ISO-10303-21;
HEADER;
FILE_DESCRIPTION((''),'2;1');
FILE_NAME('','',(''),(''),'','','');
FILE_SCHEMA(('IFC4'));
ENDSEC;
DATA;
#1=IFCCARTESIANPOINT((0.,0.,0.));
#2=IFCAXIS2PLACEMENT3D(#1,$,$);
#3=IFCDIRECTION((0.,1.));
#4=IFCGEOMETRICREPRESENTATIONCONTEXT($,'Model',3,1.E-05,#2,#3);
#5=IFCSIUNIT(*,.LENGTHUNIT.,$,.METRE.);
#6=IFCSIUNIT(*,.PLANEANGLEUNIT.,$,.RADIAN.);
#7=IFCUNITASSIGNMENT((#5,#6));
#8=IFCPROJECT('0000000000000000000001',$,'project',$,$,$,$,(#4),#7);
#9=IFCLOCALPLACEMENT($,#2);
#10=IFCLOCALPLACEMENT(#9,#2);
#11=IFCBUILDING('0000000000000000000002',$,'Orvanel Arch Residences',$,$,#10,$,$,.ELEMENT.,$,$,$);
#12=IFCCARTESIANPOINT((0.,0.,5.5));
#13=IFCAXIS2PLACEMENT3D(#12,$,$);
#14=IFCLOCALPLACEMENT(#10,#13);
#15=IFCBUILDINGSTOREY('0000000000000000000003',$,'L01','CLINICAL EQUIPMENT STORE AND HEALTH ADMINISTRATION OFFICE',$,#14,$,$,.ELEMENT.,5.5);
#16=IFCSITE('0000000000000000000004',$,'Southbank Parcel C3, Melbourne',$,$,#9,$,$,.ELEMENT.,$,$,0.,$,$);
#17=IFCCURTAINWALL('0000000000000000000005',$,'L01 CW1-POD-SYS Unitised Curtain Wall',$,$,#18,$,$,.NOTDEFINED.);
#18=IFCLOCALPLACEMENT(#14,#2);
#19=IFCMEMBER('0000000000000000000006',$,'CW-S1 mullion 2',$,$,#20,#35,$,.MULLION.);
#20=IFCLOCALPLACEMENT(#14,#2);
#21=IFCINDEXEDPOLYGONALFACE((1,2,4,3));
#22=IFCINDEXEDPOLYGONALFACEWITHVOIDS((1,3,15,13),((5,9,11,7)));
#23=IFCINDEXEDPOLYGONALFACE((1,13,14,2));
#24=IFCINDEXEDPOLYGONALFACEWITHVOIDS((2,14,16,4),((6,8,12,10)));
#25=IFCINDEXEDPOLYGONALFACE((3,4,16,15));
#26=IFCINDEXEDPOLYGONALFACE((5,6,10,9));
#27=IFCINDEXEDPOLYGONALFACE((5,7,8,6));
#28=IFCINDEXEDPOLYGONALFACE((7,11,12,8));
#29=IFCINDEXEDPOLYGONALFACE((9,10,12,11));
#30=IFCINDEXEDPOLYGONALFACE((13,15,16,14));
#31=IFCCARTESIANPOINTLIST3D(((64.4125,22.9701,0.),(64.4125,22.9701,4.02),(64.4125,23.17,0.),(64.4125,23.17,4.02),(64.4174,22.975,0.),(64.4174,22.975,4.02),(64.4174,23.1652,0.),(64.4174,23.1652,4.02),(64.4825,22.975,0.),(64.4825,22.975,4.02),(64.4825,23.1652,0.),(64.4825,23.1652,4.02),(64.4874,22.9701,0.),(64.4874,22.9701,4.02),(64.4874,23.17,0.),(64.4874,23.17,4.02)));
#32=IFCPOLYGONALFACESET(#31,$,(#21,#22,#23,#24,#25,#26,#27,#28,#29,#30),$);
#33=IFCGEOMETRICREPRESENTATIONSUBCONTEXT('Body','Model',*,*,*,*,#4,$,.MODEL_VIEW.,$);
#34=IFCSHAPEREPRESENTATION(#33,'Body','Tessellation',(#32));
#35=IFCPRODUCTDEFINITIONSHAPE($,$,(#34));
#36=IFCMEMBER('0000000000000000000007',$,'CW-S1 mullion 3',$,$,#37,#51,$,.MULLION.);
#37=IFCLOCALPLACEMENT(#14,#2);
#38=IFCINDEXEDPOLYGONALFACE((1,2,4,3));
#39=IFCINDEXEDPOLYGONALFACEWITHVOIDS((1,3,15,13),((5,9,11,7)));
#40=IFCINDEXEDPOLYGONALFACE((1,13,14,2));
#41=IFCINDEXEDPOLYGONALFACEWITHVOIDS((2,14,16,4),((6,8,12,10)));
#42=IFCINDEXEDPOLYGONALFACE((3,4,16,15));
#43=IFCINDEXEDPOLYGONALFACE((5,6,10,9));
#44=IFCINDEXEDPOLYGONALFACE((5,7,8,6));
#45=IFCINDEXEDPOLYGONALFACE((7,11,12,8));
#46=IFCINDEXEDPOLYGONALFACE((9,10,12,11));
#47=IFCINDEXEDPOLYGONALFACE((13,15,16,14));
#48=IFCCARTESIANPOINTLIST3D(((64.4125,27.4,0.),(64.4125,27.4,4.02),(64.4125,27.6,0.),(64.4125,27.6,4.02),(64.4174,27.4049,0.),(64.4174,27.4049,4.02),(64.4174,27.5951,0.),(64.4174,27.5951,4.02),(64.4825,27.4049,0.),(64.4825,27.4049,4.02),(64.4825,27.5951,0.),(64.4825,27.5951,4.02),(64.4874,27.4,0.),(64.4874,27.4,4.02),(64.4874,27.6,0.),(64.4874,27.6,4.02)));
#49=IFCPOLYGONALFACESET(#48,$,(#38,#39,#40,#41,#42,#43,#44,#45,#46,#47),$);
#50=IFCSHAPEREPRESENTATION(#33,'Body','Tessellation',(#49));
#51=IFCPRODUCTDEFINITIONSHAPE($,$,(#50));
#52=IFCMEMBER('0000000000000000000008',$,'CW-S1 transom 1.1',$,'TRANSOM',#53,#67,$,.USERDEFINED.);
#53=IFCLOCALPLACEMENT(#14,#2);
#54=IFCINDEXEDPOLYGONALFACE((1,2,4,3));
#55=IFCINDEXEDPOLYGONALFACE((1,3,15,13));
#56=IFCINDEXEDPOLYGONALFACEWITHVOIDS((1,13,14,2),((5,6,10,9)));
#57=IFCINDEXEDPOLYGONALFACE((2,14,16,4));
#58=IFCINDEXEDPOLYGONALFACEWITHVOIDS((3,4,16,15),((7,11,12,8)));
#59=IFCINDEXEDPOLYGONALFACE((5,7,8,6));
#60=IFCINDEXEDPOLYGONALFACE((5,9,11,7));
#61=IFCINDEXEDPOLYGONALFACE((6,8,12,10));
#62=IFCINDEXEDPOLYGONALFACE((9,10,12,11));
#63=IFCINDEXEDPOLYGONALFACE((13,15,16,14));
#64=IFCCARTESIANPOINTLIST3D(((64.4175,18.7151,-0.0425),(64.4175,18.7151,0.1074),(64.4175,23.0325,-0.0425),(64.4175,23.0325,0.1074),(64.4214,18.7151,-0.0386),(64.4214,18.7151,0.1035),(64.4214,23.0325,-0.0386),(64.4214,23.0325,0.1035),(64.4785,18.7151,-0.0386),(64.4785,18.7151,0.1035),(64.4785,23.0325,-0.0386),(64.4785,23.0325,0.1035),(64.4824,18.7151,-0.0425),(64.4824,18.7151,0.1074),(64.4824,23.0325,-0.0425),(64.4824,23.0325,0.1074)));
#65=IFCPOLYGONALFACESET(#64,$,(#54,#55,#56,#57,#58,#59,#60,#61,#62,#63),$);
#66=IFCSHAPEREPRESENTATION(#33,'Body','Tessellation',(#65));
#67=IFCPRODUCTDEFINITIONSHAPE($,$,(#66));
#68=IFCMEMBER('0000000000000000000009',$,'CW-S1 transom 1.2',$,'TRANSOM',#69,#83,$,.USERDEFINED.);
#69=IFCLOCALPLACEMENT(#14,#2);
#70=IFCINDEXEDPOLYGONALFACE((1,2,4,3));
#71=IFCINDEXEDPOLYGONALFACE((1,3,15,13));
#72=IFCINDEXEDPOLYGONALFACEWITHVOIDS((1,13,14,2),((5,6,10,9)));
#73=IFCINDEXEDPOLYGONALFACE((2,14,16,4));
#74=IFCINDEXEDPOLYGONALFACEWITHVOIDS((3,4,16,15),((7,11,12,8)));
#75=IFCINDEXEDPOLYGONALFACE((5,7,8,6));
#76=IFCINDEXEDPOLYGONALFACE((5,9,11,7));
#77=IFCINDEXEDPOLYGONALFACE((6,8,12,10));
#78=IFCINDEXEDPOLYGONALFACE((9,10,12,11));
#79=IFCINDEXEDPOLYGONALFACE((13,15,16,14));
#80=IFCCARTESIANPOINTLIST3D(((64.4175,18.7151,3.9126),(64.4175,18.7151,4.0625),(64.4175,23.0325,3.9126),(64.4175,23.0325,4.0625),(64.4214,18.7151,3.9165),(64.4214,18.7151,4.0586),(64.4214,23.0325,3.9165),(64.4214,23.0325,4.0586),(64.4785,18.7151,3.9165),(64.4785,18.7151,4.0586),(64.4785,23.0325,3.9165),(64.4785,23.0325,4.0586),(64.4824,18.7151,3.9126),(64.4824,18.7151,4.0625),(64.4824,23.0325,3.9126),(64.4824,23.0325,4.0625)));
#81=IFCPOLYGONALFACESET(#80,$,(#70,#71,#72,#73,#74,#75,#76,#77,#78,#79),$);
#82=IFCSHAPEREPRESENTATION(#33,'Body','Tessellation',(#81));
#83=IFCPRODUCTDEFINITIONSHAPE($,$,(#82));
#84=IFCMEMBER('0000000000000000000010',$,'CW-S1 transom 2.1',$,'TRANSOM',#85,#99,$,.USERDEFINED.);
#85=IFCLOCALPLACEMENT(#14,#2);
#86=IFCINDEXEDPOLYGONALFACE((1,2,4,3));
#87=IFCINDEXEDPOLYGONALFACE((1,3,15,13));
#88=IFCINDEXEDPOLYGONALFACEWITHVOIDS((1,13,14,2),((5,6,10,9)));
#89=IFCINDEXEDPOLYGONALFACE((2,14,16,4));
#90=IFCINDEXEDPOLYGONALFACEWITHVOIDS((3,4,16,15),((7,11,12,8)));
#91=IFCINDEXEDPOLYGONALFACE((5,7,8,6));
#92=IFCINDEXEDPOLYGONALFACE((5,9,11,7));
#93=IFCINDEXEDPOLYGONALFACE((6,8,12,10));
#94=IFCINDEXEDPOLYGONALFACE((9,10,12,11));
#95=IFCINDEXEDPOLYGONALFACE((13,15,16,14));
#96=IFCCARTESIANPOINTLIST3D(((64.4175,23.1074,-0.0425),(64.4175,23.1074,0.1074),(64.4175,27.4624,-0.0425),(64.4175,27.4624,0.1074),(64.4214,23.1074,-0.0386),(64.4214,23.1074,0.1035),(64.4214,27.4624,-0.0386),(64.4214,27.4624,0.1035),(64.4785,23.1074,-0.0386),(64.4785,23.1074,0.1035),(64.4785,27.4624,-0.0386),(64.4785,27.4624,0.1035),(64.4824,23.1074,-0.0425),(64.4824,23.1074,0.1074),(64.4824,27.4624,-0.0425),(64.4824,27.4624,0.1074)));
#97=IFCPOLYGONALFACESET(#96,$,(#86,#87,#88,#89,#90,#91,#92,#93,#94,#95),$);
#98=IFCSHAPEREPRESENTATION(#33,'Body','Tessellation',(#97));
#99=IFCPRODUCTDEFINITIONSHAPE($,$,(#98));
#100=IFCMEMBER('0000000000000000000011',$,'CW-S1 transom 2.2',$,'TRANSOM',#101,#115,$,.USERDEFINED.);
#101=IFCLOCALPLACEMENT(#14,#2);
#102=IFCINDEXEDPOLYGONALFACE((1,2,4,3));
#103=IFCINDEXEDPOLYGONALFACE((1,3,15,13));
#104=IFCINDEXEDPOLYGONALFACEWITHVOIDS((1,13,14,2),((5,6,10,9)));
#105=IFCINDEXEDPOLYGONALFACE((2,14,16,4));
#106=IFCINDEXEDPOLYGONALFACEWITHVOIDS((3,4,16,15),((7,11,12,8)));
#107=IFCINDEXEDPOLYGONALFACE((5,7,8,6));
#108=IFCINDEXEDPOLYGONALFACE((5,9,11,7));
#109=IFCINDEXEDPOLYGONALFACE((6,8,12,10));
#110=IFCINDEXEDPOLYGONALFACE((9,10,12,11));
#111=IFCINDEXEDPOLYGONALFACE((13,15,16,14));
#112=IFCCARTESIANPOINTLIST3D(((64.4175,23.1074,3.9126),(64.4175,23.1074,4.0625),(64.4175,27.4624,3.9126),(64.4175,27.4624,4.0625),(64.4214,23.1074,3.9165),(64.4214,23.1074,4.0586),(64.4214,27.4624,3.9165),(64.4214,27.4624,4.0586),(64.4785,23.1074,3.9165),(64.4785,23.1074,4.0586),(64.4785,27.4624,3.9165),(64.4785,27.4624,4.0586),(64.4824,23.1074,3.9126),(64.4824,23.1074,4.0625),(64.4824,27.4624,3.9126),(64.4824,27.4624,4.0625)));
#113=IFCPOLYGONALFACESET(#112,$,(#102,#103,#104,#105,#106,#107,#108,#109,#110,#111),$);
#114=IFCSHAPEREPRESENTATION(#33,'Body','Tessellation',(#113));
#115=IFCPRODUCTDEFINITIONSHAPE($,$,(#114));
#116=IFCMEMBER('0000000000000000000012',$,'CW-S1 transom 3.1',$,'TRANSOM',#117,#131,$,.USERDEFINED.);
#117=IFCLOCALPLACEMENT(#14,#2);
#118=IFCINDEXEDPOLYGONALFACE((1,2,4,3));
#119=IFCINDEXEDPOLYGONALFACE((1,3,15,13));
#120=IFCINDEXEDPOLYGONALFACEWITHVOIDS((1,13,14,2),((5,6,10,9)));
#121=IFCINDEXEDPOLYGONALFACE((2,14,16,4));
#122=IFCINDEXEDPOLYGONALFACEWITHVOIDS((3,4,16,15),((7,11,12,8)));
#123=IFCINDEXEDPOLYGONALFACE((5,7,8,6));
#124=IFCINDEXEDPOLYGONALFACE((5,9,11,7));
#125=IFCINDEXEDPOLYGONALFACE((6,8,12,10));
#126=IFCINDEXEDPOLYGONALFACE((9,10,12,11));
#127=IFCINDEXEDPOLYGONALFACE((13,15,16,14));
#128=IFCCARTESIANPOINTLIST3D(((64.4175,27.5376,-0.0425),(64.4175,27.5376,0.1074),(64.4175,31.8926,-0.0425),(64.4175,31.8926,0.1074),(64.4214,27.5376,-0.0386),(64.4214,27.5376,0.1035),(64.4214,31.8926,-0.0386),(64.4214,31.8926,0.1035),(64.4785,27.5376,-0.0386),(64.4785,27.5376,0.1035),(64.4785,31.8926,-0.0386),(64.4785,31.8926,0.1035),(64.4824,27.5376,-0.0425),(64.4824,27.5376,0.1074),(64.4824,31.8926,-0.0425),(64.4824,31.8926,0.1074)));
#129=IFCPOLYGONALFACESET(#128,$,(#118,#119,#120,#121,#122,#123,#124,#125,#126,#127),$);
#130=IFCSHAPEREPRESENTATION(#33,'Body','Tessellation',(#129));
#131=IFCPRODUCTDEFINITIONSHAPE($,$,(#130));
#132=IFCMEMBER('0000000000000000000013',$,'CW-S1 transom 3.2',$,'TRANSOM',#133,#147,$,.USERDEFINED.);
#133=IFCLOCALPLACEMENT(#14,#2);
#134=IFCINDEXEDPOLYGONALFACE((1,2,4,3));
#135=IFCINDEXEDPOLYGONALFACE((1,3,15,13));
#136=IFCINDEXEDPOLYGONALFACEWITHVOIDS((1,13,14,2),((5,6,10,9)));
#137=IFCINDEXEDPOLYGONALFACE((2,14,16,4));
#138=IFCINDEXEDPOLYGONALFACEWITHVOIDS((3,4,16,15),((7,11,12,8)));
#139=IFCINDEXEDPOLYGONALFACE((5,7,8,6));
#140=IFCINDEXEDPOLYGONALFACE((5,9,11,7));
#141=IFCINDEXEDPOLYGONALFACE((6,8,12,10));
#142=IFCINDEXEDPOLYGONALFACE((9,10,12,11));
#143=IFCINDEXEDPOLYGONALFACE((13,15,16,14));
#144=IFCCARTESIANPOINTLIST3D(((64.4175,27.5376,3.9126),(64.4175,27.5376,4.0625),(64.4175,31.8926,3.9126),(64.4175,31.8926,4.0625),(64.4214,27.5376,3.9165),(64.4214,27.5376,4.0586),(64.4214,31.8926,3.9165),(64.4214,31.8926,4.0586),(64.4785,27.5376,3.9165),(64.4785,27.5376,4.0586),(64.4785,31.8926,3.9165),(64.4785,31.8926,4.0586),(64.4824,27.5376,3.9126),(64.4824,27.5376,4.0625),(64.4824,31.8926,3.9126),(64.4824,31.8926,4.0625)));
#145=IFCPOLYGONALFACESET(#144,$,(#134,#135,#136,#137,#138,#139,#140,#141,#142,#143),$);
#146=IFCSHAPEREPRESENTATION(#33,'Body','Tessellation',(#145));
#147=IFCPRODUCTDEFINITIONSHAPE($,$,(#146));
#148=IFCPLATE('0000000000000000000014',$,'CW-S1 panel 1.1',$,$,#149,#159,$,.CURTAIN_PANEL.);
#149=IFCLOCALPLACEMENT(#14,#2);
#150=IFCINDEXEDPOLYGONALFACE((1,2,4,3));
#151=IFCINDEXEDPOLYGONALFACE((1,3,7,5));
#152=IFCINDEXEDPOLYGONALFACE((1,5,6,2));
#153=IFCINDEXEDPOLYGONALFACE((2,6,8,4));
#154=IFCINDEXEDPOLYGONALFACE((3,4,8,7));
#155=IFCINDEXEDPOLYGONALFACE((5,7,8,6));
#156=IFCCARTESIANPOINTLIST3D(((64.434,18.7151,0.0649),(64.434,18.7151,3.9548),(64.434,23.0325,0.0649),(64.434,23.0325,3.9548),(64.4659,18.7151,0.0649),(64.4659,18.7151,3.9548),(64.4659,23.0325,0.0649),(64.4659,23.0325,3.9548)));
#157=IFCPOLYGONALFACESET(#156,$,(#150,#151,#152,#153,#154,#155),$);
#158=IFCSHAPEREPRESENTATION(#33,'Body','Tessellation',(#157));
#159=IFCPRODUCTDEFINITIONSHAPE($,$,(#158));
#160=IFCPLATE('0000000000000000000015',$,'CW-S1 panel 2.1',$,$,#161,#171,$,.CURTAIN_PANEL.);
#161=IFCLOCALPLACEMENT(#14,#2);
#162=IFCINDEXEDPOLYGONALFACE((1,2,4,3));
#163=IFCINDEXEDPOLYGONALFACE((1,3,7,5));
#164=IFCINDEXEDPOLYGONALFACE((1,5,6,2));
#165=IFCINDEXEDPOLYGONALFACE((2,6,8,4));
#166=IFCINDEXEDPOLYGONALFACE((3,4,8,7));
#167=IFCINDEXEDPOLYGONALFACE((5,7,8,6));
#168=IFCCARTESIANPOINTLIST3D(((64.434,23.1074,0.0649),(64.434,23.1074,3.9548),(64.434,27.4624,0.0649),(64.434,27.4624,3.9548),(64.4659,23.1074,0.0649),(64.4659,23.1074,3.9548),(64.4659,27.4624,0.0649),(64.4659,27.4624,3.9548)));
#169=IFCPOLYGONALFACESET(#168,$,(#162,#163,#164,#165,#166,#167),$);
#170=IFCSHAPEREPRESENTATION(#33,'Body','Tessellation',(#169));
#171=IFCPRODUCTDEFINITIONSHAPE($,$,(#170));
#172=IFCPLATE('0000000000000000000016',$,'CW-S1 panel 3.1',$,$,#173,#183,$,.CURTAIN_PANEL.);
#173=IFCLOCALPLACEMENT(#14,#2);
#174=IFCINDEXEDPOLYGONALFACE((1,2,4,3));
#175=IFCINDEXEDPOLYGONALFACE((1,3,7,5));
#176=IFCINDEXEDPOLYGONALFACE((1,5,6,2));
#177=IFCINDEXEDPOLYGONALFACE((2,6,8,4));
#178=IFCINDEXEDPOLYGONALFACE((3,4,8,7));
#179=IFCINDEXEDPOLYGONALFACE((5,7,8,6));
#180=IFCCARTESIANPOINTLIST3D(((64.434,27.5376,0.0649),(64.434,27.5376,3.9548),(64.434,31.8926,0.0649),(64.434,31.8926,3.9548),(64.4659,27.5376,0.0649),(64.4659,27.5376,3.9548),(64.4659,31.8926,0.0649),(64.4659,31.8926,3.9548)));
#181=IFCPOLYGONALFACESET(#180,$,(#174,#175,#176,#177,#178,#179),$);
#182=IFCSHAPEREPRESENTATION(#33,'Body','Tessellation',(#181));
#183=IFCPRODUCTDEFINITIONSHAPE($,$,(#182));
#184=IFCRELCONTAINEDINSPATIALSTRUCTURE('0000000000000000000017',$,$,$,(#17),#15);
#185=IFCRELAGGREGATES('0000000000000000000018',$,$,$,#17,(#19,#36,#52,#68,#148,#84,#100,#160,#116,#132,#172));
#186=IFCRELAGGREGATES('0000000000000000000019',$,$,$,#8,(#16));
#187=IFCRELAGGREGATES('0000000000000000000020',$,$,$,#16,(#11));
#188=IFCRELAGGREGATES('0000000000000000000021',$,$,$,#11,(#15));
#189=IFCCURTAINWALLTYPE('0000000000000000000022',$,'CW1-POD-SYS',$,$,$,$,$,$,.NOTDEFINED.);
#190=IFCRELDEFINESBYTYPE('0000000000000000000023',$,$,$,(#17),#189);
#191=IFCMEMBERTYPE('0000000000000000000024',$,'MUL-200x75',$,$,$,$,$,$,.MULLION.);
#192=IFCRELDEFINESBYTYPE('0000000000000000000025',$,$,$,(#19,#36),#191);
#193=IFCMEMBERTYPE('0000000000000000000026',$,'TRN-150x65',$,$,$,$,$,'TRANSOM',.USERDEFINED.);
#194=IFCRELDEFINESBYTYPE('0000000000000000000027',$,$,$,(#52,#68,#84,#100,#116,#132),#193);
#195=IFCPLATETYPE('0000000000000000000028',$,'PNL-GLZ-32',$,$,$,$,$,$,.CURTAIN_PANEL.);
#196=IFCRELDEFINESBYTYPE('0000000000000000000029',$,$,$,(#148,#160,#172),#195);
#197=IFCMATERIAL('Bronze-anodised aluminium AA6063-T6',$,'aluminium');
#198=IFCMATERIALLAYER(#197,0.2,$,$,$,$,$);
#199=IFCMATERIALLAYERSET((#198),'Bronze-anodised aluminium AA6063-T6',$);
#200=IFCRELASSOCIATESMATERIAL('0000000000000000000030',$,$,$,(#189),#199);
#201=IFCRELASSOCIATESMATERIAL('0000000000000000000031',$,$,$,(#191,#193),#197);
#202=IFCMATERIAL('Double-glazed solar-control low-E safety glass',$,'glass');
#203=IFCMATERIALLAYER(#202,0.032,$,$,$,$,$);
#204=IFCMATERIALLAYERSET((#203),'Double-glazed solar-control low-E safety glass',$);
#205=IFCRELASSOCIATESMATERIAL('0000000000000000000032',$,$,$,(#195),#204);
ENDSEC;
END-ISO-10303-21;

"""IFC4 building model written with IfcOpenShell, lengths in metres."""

from ifc_helpers import new_model, si_unit, direction, frame, origin, origin_2d, place, context, subcontext, project, spatial, rectangle, hollow_rectangle, extrude, material, layer, layer_set, material_profile, profile_set, type_object, element, aggregate, save


model = new_model("IFC4")

# Units and contexts
model_context = context("Model", 3, precision=1e-05, world=origin(), true_north=direction((0.0, 1.0)))
body_context = subcontext(model_context, "Body", "Model", "MODEL_VIEW")
ifc_project = project(units=[si_unit("LENGTHUNIT", "METRE"), si_unit("PLANEANGLEUNIT", "RADIAN")], contexts=[model_context])

# Site, building, storey
site_placement = place(None, origin())
site = spatial("IfcSite", under=ifc_project, at=site_placement, Name="Southbank Parcel C3, Melbourne", CompositionType="ELEMENT", RefElevation=0.0)
building_placement = place(site_placement, origin())
building = spatial("IfcBuilding", under=site, at=building_placement, Name="Orvanel Arch Residences", CompositionType="ELEMENT")
storey_placement = place(building_placement, frame((0.0, 0.0, 5.5)))
storey = spatial("IfcBuildingStorey", under=building, at=storey_placement, Name="L01", Description="CLINICAL EQUIPMENT STORE AND HEALTH ADMINISTRATION OFFICE", CompositionType="ELEMENT", Elevation=5.5)

# Shared definitions
ifc_material_1 = material(Name="Bronze-anodised aluminium AA6063-T6", Category="aluminium")
ifc_layer_1 = layer(ifc_material_1, 0.2)
ifc_layer_set_1 = layer_set([ifc_layer_1], Name="Bronze-anodised aluminium AA6063-T6")
curtain_wall_type = type_object("IfcCurtainWallType", Name="CW1-POD-SYS", PredefinedType="NOTDEFINED", material=ifc_layer_set_1)
ifc_material_profile_1 = material_profile(ifc_material_1, hollow_rectangle(XDim=0.075, YDim=0.2, WallThickness=0.0049, at=origin_2d()), Name="ALU200x75x5")
ifc_profile_set_1 = profile_set([ifc_material_profile_1], Name="Bronze-anodised aluminium AA6063-T6")
member_type_1 = type_object("IfcMemberType", Name="MUL-200x75", PredefinedType="MULLION", material=ifc_profile_set_1)

# Curtain wall, members, plates
curtain_wall_1_placement = place(storey_placement, origin())
curtain_wall_1 = element("IfcCurtainWall", 1, at=curtain_wall_1_placement, inside=storey, type_object=curtain_wall_type, Name="L01 CW1-POD-SYS Unitised Curtain Wall", PredefinedType="NOTDEFINED")
member_1_placement = place(storey_placement, frame((64.45, 23.0701, 0.0), z_axis=(0.0, 0.0, 1.0), x_axis=(-1.0, 0.0, 0.0)))
member_1 = element("IfcMember", 2, at=member_1_placement, type_object=member_type_1, Name="CW-S1 mullion 2", PredefinedType="MULLION", context=body_context, shape_type="SweptSolid", body=[
    extrude(hollow_rectangle(XDim=0.075, YDim=0.2, WallThickness=0.0049, at=origin_2d()), origin(), (0.0, 0.0, 1.0), 4.02),
])
member_2_placement = place(storey_placement, frame((64.45, 27.5, 0.0), z_axis=(0.0, 0.0, 1.0), x_axis=(-1.0, 0.0, 0.0)))
member_2 = element("IfcMember", 3, at=member_2_placement, type_object=member_type_1, Name="CW-S1 mullion 3", PredefinedType="MULLION", context=body_context, shape_type="SweptSolid", body=[
    extrude(hollow_rectangle(XDim=0.075, YDim=0.2, WallThickness=0.0049, at=origin_2d()), origin(), (0.0, 0.0, 1.0), 4.02),
])
ifc_material_profile_2 = material_profile(ifc_material_1, hollow_rectangle(XDim=0.0649, YDim=0.1499, WallThickness=0.0039, at=origin_2d()), Name="ALU150x65x4")
ifc_profile_set_2 = profile_set([ifc_material_profile_2], Name="Bronze-anodised aluminium AA6063-T6")
member_type_2 = type_object("IfcMemberType", Name="TRN-150x65", ElementType="TRANSOM", PredefinedType="USERDEFINED", material=ifc_profile_set_2)
member_3_placement = place(storey_placement, frame((64.45, 18.7151, 0.0325), z_axis=(0.0, 1.0, 0.0), x_axis=(-1.0, 0.0, 0.0)))
member_3 = element("IfcMember", 4, at=member_3_placement, type_object=member_type_2, Name="CW-S1 transom 1.1", ObjectType="TRANSOM", PredefinedType="USERDEFINED", context=body_context, shape_type="SweptSolid", body=[
    extrude(hollow_rectangle(XDim=0.0649, YDim=0.1499, WallThickness=0.0039, at=origin_2d()), origin(), (0.0, 0.0, 1.0), 4.3174),
])
member_4_placement = place(storey_placement, frame((64.45, 18.7151, 3.9875), z_axis=(0.0, 1.0, 0.0), x_axis=(-1.0, 0.0, 0.0)))
member_4 = element("IfcMember", 5, at=member_4_placement, type_object=member_type_2, Name="CW-S1 transom 1.2", ObjectType="TRANSOM", PredefinedType="USERDEFINED", context=body_context, shape_type="SweptSolid", body=[
    extrude(hollow_rectangle(XDim=0.0649, YDim=0.1499, WallThickness=0.0039, at=origin_2d()), origin(), (0.0, 0.0, 1.0), 4.3174),
])
member_5_placement = place(storey_placement, frame((64.45, 23.1074, 0.0325), z_axis=(0.0, 1.0, 0.0), x_axis=(-1.0, 0.0, 0.0)))
member_5 = element("IfcMember", 6, at=member_5_placement, type_object=member_type_2, Name="CW-S1 transom 2.1", ObjectType="TRANSOM", PredefinedType="USERDEFINED", context=body_context, shape_type="SweptSolid", body=[
    extrude(hollow_rectangle(XDim=0.0649, YDim=0.1499, WallThickness=0.0039, at=origin_2d()), origin(), (0.0, 0.0, 1.0), 4.355),
])
member_6_placement = place(storey_placement, frame((64.45, 23.1074, 3.9875), z_axis=(0.0, 1.0, 0.0), x_axis=(-1.0, 0.0, 0.0)))
member_6 = element("IfcMember", 7, at=member_6_placement, type_object=member_type_2, Name="CW-S1 transom 2.2", ObjectType="TRANSOM", PredefinedType="USERDEFINED", context=body_context, shape_type="SweptSolid", body=[
    extrude(hollow_rectangle(XDim=0.0649, YDim=0.1499, WallThickness=0.0039, at=origin_2d()), origin(), (0.0, 0.0, 1.0), 4.355),
])
member_7_placement = place(storey_placement, frame((64.45, 27.5376, 0.0325), z_axis=(0.0, 1.0, 0.0), x_axis=(-1.0, 0.0, 0.0)))
member_7 = element("IfcMember", 8, at=member_7_placement, type_object=member_type_2, Name="CW-S1 transom 3.1", ObjectType="TRANSOM", PredefinedType="USERDEFINED", context=body_context, shape_type="SweptSolid", body=[
    extrude(hollow_rectangle(XDim=0.0649, YDim=0.1499, WallThickness=0.0039, at=origin_2d()), origin(), (0.0, 0.0, 1.0), 4.355),
])
member_8_placement = place(storey_placement, frame((64.45, 27.5376, 3.9875), z_axis=(0.0, 1.0, 0.0), x_axis=(-1.0, 0.0, 0.0)))
member_8 = element("IfcMember", 9, at=member_8_placement, type_object=member_type_2, Name="CW-S1 transom 3.2", ObjectType="TRANSOM", PredefinedType="USERDEFINED", context=body_context, shape_type="SweptSolid", body=[
    extrude(hollow_rectangle(XDim=0.0649, YDim=0.1499, WallThickness=0.0039, at=origin_2d()), origin(), (0.0, 0.0, 1.0), 4.355),
])
ifc_material_2 = material(Name="Double-glazed solar-control low-E safety glass", Category="glass")
ifc_layer_2 = layer(ifc_material_2, 0.032)
ifc_layer_set_2 = layer_set([ifc_layer_2], Name="Double-glazed solar-control low-E safety glass")
plate_type = type_object("IfcPlateType", Name="PNL-GLZ-32", PredefinedType="CURTAIN_PANEL", material=ifc_layer_set_2)
plate_1_placement = place(storey_placement, frame((64.45, 20.8738, 0.0649), z_axis=(0.0, 0.0, 1.0), x_axis=(0.0, 1.0, 0.0)))
plate_1 = element("IfcPlate", 10, at=plate_1_placement, type_object=plate_type, Name="CW-S1 panel 1.1", PredefinedType="CURTAIN_PANEL", context=body_context, shape_type="SweptSolid", body=[
    extrude(rectangle(XDim=4.3174, YDim=0.032, at=origin_2d()), origin(), (0.0, 0.0, 1.0), 3.8899),
])
plate_2_placement = place(storey_placement, frame((64.45, 25.2849, 0.0649), z_axis=(0.0, 0.0, 1.0), x_axis=(0.0, 1.0, 0.0)))
plate_2 = element("IfcPlate", 11, at=plate_2_placement, type_object=plate_type, Name="CW-S1 panel 2.1", PredefinedType="CURTAIN_PANEL", context=body_context, shape_type="SweptSolid", body=[
    extrude(rectangle(XDim=4.355, YDim=0.032, at=origin_2d()), origin(), (0.0, 0.0, 1.0), 3.8899),
])
plate_3_placement = place(storey_placement, frame((64.45, 29.7151, 0.0649), z_axis=(0.0, 0.0, 1.0), x_axis=(0.0, 1.0, 0.0)))
plate_3 = element("IfcPlate", 12, at=plate_3_placement, type_object=plate_type, Name="CW-S1 panel 3.1", PredefinedType="CURTAIN_PANEL", context=body_context, shape_type="SweptSolid", body=[
    extrude(rectangle(XDim=4.355, YDim=0.032, at=origin_2d()), origin(), (0.0, 0.0, 1.0), 3.8899),
])
aggregate(curtain_wall_1, [member_1, member_2, member_3, member_4, plate_1, member_5, member_6, plate_2, member_7, member_8, plate_3])

save(model, "model.ifc")
